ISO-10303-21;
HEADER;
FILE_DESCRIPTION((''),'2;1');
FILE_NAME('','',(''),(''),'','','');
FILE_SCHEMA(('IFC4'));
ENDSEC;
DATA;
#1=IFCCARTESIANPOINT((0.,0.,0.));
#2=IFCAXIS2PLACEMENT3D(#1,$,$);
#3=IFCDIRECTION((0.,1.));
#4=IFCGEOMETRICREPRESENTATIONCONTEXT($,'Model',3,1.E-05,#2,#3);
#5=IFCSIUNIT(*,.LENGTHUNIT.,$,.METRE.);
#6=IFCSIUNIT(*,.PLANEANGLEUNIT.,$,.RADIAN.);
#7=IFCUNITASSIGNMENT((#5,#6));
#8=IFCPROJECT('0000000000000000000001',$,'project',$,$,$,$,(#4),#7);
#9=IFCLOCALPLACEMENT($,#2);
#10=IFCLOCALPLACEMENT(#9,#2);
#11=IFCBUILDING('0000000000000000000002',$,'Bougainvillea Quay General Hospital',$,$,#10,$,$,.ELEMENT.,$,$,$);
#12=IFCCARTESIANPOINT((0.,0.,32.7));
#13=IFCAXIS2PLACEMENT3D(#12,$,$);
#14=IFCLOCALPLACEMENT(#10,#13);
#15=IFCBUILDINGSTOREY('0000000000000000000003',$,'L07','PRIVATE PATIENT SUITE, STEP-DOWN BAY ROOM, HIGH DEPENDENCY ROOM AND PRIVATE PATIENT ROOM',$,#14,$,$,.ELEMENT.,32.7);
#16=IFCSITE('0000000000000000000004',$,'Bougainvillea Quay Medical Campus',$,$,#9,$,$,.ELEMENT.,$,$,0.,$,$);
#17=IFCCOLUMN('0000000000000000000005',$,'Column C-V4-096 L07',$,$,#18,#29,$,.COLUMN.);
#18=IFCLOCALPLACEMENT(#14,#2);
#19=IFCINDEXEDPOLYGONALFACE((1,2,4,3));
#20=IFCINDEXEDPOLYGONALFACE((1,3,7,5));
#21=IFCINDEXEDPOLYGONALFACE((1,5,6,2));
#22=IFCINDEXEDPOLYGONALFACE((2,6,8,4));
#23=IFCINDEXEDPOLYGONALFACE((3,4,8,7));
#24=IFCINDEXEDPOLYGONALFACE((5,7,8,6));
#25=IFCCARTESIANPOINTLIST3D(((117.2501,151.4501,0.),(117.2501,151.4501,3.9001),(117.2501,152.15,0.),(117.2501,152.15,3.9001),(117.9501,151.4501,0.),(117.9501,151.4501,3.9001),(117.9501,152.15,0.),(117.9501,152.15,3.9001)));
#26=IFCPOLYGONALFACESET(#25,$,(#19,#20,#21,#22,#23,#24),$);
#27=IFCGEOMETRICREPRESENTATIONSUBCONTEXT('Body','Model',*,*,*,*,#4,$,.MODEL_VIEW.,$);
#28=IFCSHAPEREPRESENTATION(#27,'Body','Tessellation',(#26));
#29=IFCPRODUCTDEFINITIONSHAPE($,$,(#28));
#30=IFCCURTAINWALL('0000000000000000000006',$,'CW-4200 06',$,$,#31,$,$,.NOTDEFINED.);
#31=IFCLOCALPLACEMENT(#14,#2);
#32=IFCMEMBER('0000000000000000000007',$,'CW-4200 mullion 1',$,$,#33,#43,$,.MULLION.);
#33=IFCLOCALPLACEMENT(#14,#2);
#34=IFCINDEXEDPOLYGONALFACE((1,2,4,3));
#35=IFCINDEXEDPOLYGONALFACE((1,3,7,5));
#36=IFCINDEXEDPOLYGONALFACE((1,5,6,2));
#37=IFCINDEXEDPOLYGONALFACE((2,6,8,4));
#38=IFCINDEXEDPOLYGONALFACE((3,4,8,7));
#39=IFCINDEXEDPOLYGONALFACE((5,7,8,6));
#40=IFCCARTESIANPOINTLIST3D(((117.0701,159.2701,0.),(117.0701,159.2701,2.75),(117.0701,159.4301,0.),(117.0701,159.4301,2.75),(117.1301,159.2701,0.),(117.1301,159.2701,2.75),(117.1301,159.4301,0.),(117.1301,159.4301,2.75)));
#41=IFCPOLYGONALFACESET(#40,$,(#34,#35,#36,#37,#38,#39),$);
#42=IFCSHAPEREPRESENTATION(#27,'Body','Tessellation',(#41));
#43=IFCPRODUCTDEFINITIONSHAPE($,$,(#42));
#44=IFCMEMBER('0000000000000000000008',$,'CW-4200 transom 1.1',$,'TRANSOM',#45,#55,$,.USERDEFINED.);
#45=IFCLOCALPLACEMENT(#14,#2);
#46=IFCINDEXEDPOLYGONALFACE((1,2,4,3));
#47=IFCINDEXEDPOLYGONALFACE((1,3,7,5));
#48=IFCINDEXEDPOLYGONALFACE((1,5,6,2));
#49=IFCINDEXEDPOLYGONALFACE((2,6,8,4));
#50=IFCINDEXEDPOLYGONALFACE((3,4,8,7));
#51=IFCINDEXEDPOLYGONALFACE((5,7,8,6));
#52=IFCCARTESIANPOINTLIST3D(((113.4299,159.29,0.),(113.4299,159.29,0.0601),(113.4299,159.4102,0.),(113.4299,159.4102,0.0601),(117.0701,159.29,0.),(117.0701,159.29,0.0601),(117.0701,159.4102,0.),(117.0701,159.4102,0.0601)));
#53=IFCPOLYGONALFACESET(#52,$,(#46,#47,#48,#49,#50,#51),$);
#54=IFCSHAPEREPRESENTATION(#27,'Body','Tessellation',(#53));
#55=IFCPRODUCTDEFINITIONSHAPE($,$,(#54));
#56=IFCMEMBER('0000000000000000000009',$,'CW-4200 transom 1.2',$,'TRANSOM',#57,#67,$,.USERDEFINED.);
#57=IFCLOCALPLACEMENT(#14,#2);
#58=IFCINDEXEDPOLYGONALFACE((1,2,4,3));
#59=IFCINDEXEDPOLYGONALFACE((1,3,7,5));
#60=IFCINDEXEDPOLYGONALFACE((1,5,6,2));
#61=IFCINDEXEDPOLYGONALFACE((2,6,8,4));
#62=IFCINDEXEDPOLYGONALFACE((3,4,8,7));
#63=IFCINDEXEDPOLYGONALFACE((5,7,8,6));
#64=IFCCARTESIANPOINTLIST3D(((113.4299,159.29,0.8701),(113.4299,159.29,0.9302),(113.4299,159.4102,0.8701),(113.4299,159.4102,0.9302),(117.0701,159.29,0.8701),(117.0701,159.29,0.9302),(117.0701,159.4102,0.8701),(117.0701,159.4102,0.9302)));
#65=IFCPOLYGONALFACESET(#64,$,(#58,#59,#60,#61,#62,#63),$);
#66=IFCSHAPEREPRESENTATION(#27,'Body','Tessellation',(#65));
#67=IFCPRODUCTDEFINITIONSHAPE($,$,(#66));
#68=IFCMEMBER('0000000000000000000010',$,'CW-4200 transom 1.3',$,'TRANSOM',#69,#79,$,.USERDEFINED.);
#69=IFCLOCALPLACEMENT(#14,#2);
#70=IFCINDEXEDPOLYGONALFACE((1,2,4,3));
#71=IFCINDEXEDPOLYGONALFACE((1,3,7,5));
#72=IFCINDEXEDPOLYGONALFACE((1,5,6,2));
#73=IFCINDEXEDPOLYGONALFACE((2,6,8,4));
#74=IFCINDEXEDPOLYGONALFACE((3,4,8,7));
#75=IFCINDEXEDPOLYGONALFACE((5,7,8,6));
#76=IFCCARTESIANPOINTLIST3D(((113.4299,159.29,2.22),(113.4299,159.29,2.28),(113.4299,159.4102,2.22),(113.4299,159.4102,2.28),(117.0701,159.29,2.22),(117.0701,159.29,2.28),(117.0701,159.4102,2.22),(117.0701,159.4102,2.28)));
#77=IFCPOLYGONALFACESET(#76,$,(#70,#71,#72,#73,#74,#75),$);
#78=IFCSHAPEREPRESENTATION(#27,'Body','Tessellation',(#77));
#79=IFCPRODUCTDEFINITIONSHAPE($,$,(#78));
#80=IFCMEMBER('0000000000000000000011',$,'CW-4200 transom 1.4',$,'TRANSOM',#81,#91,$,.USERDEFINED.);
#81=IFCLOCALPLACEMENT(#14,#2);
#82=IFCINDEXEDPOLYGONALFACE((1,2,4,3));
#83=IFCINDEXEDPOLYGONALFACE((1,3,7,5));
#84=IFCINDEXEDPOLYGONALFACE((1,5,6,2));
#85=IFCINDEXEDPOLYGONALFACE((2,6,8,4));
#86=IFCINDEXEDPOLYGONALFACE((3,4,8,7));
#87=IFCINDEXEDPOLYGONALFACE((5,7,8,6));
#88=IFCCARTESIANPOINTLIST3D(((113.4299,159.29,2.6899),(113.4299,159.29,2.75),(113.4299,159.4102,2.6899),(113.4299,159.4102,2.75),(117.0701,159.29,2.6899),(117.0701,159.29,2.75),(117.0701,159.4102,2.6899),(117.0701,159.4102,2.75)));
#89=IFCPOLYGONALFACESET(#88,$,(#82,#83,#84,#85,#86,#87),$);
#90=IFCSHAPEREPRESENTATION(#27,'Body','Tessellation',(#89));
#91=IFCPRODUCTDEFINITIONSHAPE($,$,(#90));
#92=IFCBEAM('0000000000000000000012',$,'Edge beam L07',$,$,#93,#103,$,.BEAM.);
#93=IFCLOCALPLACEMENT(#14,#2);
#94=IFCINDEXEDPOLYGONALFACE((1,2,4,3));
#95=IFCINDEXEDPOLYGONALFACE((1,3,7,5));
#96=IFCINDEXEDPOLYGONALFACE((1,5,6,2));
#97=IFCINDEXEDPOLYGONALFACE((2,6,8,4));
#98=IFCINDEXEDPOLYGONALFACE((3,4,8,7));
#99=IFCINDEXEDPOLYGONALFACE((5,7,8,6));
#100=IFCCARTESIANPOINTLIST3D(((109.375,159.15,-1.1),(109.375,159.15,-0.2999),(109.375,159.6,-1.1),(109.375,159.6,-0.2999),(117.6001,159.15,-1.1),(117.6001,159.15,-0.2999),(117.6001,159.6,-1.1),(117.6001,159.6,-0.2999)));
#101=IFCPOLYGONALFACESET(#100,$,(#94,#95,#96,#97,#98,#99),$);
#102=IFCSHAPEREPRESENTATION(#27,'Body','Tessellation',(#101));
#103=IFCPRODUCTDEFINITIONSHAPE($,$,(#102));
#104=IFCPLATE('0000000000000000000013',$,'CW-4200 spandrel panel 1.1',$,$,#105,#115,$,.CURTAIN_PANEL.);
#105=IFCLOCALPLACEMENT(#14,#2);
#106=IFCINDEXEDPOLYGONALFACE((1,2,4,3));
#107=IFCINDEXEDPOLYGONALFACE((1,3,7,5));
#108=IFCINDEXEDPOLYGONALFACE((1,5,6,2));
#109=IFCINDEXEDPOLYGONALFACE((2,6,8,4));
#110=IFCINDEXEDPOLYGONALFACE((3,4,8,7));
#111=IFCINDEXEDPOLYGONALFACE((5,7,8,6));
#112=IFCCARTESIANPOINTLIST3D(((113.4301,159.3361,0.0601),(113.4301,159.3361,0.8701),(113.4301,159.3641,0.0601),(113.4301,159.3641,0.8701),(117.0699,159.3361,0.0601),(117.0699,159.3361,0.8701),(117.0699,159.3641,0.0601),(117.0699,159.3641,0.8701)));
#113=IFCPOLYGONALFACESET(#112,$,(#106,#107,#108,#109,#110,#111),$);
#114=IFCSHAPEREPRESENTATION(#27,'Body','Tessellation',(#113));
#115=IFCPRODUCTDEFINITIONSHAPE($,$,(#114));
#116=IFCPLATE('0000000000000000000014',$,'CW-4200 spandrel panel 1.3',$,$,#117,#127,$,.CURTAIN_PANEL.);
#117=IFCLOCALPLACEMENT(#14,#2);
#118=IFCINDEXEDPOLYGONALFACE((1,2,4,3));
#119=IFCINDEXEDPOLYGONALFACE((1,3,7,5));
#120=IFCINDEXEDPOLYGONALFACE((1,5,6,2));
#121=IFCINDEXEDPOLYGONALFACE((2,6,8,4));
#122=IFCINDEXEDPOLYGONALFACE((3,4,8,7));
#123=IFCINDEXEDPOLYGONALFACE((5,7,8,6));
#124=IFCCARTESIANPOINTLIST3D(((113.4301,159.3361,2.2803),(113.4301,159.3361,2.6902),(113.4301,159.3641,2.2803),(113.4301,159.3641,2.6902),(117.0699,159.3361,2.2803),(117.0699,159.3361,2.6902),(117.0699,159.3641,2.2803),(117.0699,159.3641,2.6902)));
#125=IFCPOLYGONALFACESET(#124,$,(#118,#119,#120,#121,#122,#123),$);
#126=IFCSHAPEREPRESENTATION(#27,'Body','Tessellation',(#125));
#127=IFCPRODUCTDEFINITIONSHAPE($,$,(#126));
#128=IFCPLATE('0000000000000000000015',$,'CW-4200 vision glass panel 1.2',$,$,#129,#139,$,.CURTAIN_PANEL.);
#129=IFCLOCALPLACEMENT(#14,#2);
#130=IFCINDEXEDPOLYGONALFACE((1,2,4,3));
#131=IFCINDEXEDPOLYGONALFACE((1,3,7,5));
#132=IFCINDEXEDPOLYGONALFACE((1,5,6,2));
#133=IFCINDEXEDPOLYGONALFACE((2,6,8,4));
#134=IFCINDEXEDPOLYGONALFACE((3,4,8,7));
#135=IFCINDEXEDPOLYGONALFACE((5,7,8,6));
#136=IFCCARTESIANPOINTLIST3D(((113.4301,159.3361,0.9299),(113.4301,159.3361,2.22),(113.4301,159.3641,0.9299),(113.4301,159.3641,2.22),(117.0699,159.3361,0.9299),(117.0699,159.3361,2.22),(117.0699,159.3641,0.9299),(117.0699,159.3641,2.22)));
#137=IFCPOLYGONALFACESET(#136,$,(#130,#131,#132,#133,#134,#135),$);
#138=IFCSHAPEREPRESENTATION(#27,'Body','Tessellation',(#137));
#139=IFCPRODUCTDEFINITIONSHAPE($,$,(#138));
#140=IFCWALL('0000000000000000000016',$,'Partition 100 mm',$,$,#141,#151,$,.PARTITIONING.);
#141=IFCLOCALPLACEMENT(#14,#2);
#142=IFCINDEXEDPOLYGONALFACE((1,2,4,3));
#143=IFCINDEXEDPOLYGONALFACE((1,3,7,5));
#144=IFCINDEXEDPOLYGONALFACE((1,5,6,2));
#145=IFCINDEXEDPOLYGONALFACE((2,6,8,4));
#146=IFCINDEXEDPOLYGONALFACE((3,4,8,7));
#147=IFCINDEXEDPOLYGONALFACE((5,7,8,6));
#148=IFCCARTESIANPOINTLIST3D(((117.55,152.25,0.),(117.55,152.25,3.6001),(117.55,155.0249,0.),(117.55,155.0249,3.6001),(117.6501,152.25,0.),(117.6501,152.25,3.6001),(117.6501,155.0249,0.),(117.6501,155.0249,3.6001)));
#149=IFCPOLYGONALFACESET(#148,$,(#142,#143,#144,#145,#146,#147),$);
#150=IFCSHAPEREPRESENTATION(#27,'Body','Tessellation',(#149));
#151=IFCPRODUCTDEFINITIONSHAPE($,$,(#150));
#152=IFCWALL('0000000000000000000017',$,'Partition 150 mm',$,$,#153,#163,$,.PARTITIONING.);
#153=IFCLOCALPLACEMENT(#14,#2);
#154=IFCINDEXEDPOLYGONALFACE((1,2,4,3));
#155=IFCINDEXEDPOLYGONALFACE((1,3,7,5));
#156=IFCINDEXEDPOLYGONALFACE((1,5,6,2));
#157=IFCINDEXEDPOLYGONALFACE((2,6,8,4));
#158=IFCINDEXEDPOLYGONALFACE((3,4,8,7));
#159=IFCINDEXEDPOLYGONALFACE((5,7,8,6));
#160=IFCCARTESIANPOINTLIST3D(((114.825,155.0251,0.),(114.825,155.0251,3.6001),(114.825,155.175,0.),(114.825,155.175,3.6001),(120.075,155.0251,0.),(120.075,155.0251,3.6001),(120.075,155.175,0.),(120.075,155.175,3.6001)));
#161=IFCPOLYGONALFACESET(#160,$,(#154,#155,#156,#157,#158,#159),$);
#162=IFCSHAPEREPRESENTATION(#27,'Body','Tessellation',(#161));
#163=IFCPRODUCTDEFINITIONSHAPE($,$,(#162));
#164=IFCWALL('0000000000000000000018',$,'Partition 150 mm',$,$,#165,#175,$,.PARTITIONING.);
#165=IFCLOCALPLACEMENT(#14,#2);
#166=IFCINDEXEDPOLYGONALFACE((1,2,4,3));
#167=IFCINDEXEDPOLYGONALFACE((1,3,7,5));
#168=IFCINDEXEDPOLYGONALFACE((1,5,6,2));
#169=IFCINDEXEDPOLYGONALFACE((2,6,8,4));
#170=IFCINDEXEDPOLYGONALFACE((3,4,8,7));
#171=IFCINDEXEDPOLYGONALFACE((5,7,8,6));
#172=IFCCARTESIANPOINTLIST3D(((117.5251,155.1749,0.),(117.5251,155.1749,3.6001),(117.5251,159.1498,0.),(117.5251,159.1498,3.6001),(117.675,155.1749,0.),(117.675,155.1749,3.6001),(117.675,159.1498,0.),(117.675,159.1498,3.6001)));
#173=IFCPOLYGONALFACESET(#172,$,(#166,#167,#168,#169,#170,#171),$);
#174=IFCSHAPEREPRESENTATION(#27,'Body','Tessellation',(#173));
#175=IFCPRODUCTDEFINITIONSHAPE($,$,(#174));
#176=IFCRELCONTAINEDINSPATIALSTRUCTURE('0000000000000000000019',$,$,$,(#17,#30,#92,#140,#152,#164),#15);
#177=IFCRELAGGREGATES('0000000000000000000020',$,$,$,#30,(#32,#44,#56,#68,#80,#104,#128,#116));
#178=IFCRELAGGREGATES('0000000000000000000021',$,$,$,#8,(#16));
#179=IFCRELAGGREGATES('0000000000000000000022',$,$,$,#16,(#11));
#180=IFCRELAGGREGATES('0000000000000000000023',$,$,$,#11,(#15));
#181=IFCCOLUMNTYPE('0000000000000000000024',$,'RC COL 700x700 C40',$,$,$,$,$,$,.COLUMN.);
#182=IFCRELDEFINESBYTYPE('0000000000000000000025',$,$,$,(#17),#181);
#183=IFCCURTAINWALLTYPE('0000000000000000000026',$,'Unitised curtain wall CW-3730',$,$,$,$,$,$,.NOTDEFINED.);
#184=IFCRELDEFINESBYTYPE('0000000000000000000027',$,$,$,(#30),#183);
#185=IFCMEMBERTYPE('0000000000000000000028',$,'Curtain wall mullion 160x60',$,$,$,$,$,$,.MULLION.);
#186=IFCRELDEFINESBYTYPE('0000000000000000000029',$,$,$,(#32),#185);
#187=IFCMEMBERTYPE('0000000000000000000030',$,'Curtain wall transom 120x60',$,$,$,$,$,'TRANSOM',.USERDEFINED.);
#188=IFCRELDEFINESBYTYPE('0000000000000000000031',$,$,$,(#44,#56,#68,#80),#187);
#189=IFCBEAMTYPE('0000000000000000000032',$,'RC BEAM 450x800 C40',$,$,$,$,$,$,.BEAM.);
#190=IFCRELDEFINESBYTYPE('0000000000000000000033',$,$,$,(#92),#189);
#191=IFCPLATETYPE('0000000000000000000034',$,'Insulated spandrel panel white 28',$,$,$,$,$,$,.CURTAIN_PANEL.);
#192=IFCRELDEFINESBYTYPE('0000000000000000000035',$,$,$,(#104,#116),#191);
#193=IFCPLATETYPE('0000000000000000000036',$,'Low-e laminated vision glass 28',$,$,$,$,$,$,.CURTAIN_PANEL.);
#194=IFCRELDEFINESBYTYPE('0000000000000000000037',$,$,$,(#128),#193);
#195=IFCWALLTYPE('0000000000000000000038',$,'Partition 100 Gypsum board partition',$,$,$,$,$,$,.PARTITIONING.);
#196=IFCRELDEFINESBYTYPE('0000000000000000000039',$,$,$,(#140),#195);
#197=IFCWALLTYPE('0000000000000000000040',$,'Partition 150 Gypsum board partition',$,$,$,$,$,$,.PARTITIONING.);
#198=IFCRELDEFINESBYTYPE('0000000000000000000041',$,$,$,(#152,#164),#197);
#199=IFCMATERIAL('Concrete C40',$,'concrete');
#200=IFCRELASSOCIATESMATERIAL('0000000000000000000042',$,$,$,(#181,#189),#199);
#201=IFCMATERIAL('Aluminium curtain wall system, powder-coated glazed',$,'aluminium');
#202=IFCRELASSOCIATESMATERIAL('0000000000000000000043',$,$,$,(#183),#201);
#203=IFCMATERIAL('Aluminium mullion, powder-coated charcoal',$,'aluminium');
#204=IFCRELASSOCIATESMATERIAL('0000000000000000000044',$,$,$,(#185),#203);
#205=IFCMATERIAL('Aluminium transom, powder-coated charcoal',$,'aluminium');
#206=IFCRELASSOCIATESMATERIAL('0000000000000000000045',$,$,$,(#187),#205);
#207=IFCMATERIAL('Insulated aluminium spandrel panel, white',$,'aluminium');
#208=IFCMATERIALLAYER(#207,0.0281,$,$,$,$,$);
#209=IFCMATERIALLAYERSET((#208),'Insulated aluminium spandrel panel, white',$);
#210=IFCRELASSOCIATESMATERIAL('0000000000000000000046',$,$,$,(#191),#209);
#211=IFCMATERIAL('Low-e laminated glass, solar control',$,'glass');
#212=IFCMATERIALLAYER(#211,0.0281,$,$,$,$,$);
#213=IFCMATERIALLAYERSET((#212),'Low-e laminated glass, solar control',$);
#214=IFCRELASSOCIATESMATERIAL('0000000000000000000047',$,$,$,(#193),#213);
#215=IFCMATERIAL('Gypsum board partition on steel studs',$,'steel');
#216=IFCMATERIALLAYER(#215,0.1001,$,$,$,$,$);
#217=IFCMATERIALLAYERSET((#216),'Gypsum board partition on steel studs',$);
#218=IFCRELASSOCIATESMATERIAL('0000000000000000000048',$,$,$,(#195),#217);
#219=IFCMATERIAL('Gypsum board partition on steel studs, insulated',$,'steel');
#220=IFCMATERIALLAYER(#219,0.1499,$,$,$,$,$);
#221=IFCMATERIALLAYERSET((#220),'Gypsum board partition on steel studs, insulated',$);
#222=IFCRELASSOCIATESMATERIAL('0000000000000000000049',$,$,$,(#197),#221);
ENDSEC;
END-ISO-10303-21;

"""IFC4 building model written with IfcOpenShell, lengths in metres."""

from ifc_helpers import new_model, si_unit, direction, frame, frame_2d, origin, origin_2d, place, context, subcontext, project, spatial, rectangle, extrude, material, layer, layer_set, material_profile, profile_set, type_object, element, aggregate, save


model = new_model("IFC4")

# Units and contexts
model_context = context("Model", 3, precision=1e-05, world=origin(), true_north=direction((0.0, 1.0)))
body_context = subcontext(model_context, "Body", "Model", "MODEL_VIEW")
ifc_project = project(units=[si_unit("LENGTHUNIT", "METRE"), si_unit("PLANEANGLEUNIT", "RADIAN")], contexts=[model_context])

# Site, building, storey
site_placement = place(None, origin())
site = spatial("IfcSite", under=ifc_project, at=site_placement, Name="Bougainvillea Quay Medical Campus", CompositionType="ELEMENT", RefElevation=0.0)
building_placement = place(site_placement, origin())
building = spatial("IfcBuilding", under=site, at=building_placement, Name="Bougainvillea Quay General Hospital", CompositionType="ELEMENT")
storey_placement = place(building_placement, frame((0.0, 0.0, 32.7)))
storey = spatial("IfcBuildingStorey", under=building, at=storey_placement, Name="L07", Description="PRIVATE PATIENT SUITE, STEP-DOWN BAY ROOM, HIGH DEPENDENCY ROOM AND PRIVATE PATIENT ROOM", CompositionType="ELEMENT", Elevation=32.7)

# Column
ifc_material_1 = material(Name="Concrete C40", Category="concrete")
ifc_material_profile_1 = material_profile(ifc_material_1, rectangle(XDim=0.7, YDim=0.7, at=origin_2d()))
ifc_profile_set_1 = profile_set([ifc_material_profile_1], Name="Concrete C40")
column_type = type_object("IfcColumnType", Name="RC COL 700x700 C40", PredefinedType="COLUMN", material=ifc_profile_set_1)
column_placement = place(storey_placement, frame((117.6001, 151.8, 0.0), z_axis=(0.0, 0.0, 1.0), x_axis=(1.0, 0.0, 0.0)))
element("IfcColumn", 1, at=column_placement, inside=storey, type_object=column_type, Name="Column C-V4-096 L07", PredefinedType="COLUMN", context=body_context, shape_type="SweptSolid", body=[
    extrude(rectangle(XDim=0.7, YDim=0.7, at=origin_2d()), origin(), (0.0, 0.0, 1.0), 3.9001),
])

# Curtain wall, members
ifc_material_2 = material(Name="Aluminium curtain wall system, powder-coated glazed", Category="aluminium")
curtain_wall_type = type_object("IfcCurtainWallType", Name="Unitised curtain wall CW-3730", PredefinedType="NOTDEFINED", material=ifc_material_2)
curtain_wall_placement = place(storey_placement, origin())
curtain_wall = element("IfcCurtainWall", 2, at=curtain_wall_placement, inside=storey, type_object=curtain_wall_type, Name="CW-4200 06", PredefinedType="NOTDEFINED")
ifc_material_3 = material(Name="Aluminium mullion, powder-coated charcoal", Category="aluminium")
ifc_material_profile_2 = material_profile(ifc_material_3, rectangle(XDim=0.1599, YDim=0.0601, at=origin_2d()))
ifc_profile_set_2 = profile_set([ifc_material_profile_2], Name="Aluminium mullion, powder-coated charcoal")
member_type_1 = type_object("IfcMemberType", Name="Curtain wall mullion 160x60", PredefinedType="MULLION", material=ifc_profile_set_2)
member_1_placement = place(storey_placement, frame((117.1001, 159.3501, 0.0), z_axis=(0.0, 0.0, 1.0), x_axis=(0.0, -1.0, 0.0)))
member_1 = element("IfcMember", 3, at=member_1_placement, type_object=member_type_1, Name="CW-4200 mullion 1", PredefinedType="MULLION", context=body_context, shape_type="SweptSolid", body=[
    extrude(rectangle(XDim=0.1599, YDim=0.0601, at=origin_2d()), origin(), (0.0, 0.0, 1.0), 2.75),
])
ifc_material_4 = material(Name="Aluminium transom, powder-coated charcoal", Category="aluminium")
ifc_material_profile_3 = material_profile(ifc_material_4, rectangle(XDim=0.1201, YDim=0.0601, at=origin_2d()))
ifc_profile_set_3 = profile_set([ifc_material_profile_3], Name="Aluminium transom, powder-coated charcoal")
member_type_2 = type_object("IfcMemberType", Name="Curtain wall transom 120x60", ElementType="TRANSOM", PredefinedType="USERDEFINED", material=ifc_profile_set_3)
member_2_placement = place(storey_placement, frame((117.0701, 159.3501, 0.03), z_axis=(-1.0, 0.0, 0.0), x_axis=(0.0, -1.0, 0.0)))
member_2 = element("IfcMember", 4, at=member_2_placement, type_object=member_type_2, Name="CW-4200 transom 1.1", ObjectType="TRANSOM", PredefinedType="USERDEFINED", context=body_context, shape_type="SweptSolid", body=[
    extrude(rectangle(XDim=0.1201, YDim=0.0601, at=origin_2d()), origin(), (0.0, 0.0, 1.0), 3.6401),
])
member_3_placement = place(storey_placement, frame((117.0701, 159.3501, 0.9001), z_axis=(-1.0, 0.0, 0.0), x_axis=(0.0, -1.0, 0.0)))
member_3 = element("IfcMember", 5, at=member_3_placement, type_object=member_type_2, Name="CW-4200 transom 1.2", ObjectType="TRANSOM", PredefinedType="USERDEFINED", context=body_context, shape_type="SweptSolid", body=[
    extrude(rectangle(XDim=0.1201, YDim=0.0601, at=origin_2d()), origin(), (0.0, 0.0, 1.0), 3.6401),
])
member_4_placement = place(storey_placement, frame((117.0701, 159.3501, 2.25), z_axis=(-1.0, 0.0, 0.0), x_axis=(0.0, -1.0, 0.0)))
member_4 = element("IfcMember", 6, at=member_4_placement, type_object=member_type_2, Name="CW-4200 transom 1.3", ObjectType="TRANSOM", PredefinedType="USERDEFINED", context=body_context, shape_type="SweptSolid", body=[
    extrude(rectangle(XDim=0.1201, YDim=0.0601, at=origin_2d()), origin(), (0.0, 0.0, 1.0), 3.6401),
])
member_5_placement = place(storey_placement, frame((117.0701, 159.3501, 2.72), z_axis=(-1.0, 0.0, 0.0), x_axis=(0.0, -1.0, 0.0)))
member_5 = element("IfcMember", 7, at=member_5_placement, type_object=member_type_2, Name="CW-4200 transom 1.4", ObjectType="TRANSOM", PredefinedType="USERDEFINED", context=body_context, shape_type="SweptSolid", body=[
    extrude(rectangle(XDim=0.1201, YDim=0.0601, at=origin_2d()), origin(), (0.0, 0.0, 1.0), 3.6401),
])

# Beam
ifc_material_profile_4 = material_profile(ifc_material_1, rectangle(XDim=0.45, YDim=0.8, at=origin_2d()))
ifc_profile_set_4 = profile_set([ifc_material_profile_4], Name="Concrete C40")
beam_type = type_object("IfcBeamType", Name="RC BEAM 450x800 C40", PredefinedType="BEAM", material=ifc_profile_set_4)
beam_placement = place(storey_placement, frame((117.6001, 159.375, -0.7), z_axis=(-1.0, 0.0, 0.0), x_axis=(0.0, -1.0, 0.0)))
element("IfcBeam", 8, at=beam_placement, inside=storey, type_object=beam_type, Name="Edge beam L07", PredefinedType="BEAM", context=body_context, shape_type="SweptSolid", body=[
    extrude(rectangle(XDim=0.45, YDim=0.8, at=origin_2d()), origin(), (0.0, 0.0, 1.0), 8.2251),
])

# Plates
ifc_material_5 = material(Name="Insulated aluminium spandrel panel, white", Category="aluminium")
ifc_layer_1 = layer(ifc_material_5, 0.0281)
ifc_layer_set_1 = layer_set([ifc_layer_1], Name="Insulated aluminium spandrel panel, white")
plate_type_1 = type_object("IfcPlateType", Name="Insulated spandrel panel white 28", PredefinedType="CURTAIN_PANEL", material=ifc_layer_set_1)
plate_1_placement = place(storey_placement, frame((115.25, 159.3501, 0.0601), z_axis=(0.0, 0.0, 1.0), x_axis=(-1.0, 0.0, 0.0)))
plate_1 = element("IfcPlate", 9, at=plate_1_placement, type_object=plate_type_1, Name="CW-4200 spandrel panel 1.1", PredefinedType="CURTAIN_PANEL", context=body_context, shape_type="SweptSolid", body=[
    extrude(rectangle(XDim=3.6399, YDim=0.0281, at=origin_2d()), origin(), (0.0, 0.0, 1.0), 0.8101),
])
plate_2_placement = place(storey_placement, frame((115.25, 159.3501, 2.2803), z_axis=(0.0, 0.0, 1.0), x_axis=(-1.0, 0.0, 0.0)))
plate_2 = element("IfcPlate", 10, at=plate_2_placement, type_object=plate_type_1, Name="CW-4200 spandrel panel 1.3", PredefinedType="CURTAIN_PANEL", context=body_context, shape_type="SweptSolid", body=[
    extrude(rectangle(XDim=3.6399, YDim=0.0281, at=origin_2d()), origin(), (0.0, 0.0, 1.0), 0.4099),
])
ifc_material_6 = material(Name="Low-e laminated glass, solar control", Category="glass")
ifc_layer_2 = layer(ifc_material_6, 0.0281)
ifc_layer_set_2 = layer_set([ifc_layer_2], Name="Low-e laminated glass, solar control")
plate_type_2 = type_object("IfcPlateType", Name="Low-e laminated vision glass 28", PredefinedType="CURTAIN_PANEL", material=ifc_layer_set_2)
plate_3_placement = place(storey_placement, frame((115.25, 159.3501, 0.9299), z_axis=(0.0, 0.0, 1.0), x_axis=(-1.0, 0.0, 0.0)))
plate_3 = element("IfcPlate", 11, at=plate_3_placement, type_object=plate_type_2, Name="CW-4200 vision glass panel 1.2", PredefinedType="CURTAIN_PANEL", context=body_context, shape_type="SweptSolid", body=[
    extrude(rectangle(XDim=3.6399, YDim=0.0281, at=origin_2d()), origin(), (0.0, 0.0, 1.0), 1.29),
])
aggregate(curtain_wall, [member_1, member_2, member_3, member_4, member_5, plate_1, plate_3, plate_2])

# Walls
ifc_material_7 = material(Name="Gypsum board partition on steel studs", Category="steel")
ifc_layer_3 = layer(ifc_material_7, 0.1001)
ifc_layer_set_3 = layer_set([ifc_layer_3], Name="Gypsum board partition on steel studs")
wall_type_1 = type_object("IfcWallType", Name="Partition 100 Gypsum board partition", PredefinedType="PARTITIONING", material=ifc_layer_set_3)
wall_1_placement = place(storey_placement, frame((117.6001, 152.25, 0.0), z_axis=(0.0, 0.0, 1.0), x_axis=(0.0, 1.0, 0.0)))
element("IfcWall", 12, at=wall_1_placement, inside=storey, type_object=wall_type_1, Name="Partition 100 mm", PredefinedType="PARTITIONING", context=body_context, shape_type="SweptSolid", body=[
    extrude(rectangle(XDim=2.7749, YDim=0.1001, at=frame_2d((1.3875, 0.0))), origin(), (0.0, 0.0, 1.0), 3.6001),
])
ifc_material_8 = material(Name="Gypsum board partition on steel studs, insulated", Category="steel")
ifc_layer_4 = layer(ifc_material_8, 0.1499)
ifc_layer_set_4 = layer_set([ifc_layer_4], Name="Gypsum board partition on steel studs, insulated")
wall_type_2 = type_object("IfcWallType", Name="Partition 150 Gypsum board partition", PredefinedType="PARTITIONING", material=ifc_layer_set_4)
wall_2_placement = place(storey_placement, frame((114.825, 155.1001, 0.0), z_axis=(0.0, 0.0, 1.0), x_axis=(1.0, 0.0, 0.0)))
element("IfcWall", 13, at=wall_2_placement, inside=storey, type_object=wall_type_2, Name="Partition 150 mm", PredefinedType="PARTITIONING", context=body_context, shape_type="SweptSolid", body=[
    extrude(rectangle(XDim=5.25, YDim=0.1499, at=frame_2d((2.625, 0.0))), origin(), (0.0, 0.0, 1.0), 3.6001),
])
wall_3_placement = place(storey_placement, frame((117.6001, 155.175, 0.0), z_axis=(0.0, 0.0, 1.0), x_axis=(0.0, 1.0, 0.0)))
element("IfcWall", 14, at=wall_3_placement, inside=storey, type_object=wall_type_2, Name="Partition 150 mm", PredefinedType="PARTITIONING", context=body_context, shape_type="SweptSolid", body=[
    extrude(rectangle(XDim=3.9749, YDim=0.1499, at=frame_2d((1.9873, 0.0))), origin(), (0.0, 0.0, 1.0), 3.6001),
])

save(model, "model.ifc")
